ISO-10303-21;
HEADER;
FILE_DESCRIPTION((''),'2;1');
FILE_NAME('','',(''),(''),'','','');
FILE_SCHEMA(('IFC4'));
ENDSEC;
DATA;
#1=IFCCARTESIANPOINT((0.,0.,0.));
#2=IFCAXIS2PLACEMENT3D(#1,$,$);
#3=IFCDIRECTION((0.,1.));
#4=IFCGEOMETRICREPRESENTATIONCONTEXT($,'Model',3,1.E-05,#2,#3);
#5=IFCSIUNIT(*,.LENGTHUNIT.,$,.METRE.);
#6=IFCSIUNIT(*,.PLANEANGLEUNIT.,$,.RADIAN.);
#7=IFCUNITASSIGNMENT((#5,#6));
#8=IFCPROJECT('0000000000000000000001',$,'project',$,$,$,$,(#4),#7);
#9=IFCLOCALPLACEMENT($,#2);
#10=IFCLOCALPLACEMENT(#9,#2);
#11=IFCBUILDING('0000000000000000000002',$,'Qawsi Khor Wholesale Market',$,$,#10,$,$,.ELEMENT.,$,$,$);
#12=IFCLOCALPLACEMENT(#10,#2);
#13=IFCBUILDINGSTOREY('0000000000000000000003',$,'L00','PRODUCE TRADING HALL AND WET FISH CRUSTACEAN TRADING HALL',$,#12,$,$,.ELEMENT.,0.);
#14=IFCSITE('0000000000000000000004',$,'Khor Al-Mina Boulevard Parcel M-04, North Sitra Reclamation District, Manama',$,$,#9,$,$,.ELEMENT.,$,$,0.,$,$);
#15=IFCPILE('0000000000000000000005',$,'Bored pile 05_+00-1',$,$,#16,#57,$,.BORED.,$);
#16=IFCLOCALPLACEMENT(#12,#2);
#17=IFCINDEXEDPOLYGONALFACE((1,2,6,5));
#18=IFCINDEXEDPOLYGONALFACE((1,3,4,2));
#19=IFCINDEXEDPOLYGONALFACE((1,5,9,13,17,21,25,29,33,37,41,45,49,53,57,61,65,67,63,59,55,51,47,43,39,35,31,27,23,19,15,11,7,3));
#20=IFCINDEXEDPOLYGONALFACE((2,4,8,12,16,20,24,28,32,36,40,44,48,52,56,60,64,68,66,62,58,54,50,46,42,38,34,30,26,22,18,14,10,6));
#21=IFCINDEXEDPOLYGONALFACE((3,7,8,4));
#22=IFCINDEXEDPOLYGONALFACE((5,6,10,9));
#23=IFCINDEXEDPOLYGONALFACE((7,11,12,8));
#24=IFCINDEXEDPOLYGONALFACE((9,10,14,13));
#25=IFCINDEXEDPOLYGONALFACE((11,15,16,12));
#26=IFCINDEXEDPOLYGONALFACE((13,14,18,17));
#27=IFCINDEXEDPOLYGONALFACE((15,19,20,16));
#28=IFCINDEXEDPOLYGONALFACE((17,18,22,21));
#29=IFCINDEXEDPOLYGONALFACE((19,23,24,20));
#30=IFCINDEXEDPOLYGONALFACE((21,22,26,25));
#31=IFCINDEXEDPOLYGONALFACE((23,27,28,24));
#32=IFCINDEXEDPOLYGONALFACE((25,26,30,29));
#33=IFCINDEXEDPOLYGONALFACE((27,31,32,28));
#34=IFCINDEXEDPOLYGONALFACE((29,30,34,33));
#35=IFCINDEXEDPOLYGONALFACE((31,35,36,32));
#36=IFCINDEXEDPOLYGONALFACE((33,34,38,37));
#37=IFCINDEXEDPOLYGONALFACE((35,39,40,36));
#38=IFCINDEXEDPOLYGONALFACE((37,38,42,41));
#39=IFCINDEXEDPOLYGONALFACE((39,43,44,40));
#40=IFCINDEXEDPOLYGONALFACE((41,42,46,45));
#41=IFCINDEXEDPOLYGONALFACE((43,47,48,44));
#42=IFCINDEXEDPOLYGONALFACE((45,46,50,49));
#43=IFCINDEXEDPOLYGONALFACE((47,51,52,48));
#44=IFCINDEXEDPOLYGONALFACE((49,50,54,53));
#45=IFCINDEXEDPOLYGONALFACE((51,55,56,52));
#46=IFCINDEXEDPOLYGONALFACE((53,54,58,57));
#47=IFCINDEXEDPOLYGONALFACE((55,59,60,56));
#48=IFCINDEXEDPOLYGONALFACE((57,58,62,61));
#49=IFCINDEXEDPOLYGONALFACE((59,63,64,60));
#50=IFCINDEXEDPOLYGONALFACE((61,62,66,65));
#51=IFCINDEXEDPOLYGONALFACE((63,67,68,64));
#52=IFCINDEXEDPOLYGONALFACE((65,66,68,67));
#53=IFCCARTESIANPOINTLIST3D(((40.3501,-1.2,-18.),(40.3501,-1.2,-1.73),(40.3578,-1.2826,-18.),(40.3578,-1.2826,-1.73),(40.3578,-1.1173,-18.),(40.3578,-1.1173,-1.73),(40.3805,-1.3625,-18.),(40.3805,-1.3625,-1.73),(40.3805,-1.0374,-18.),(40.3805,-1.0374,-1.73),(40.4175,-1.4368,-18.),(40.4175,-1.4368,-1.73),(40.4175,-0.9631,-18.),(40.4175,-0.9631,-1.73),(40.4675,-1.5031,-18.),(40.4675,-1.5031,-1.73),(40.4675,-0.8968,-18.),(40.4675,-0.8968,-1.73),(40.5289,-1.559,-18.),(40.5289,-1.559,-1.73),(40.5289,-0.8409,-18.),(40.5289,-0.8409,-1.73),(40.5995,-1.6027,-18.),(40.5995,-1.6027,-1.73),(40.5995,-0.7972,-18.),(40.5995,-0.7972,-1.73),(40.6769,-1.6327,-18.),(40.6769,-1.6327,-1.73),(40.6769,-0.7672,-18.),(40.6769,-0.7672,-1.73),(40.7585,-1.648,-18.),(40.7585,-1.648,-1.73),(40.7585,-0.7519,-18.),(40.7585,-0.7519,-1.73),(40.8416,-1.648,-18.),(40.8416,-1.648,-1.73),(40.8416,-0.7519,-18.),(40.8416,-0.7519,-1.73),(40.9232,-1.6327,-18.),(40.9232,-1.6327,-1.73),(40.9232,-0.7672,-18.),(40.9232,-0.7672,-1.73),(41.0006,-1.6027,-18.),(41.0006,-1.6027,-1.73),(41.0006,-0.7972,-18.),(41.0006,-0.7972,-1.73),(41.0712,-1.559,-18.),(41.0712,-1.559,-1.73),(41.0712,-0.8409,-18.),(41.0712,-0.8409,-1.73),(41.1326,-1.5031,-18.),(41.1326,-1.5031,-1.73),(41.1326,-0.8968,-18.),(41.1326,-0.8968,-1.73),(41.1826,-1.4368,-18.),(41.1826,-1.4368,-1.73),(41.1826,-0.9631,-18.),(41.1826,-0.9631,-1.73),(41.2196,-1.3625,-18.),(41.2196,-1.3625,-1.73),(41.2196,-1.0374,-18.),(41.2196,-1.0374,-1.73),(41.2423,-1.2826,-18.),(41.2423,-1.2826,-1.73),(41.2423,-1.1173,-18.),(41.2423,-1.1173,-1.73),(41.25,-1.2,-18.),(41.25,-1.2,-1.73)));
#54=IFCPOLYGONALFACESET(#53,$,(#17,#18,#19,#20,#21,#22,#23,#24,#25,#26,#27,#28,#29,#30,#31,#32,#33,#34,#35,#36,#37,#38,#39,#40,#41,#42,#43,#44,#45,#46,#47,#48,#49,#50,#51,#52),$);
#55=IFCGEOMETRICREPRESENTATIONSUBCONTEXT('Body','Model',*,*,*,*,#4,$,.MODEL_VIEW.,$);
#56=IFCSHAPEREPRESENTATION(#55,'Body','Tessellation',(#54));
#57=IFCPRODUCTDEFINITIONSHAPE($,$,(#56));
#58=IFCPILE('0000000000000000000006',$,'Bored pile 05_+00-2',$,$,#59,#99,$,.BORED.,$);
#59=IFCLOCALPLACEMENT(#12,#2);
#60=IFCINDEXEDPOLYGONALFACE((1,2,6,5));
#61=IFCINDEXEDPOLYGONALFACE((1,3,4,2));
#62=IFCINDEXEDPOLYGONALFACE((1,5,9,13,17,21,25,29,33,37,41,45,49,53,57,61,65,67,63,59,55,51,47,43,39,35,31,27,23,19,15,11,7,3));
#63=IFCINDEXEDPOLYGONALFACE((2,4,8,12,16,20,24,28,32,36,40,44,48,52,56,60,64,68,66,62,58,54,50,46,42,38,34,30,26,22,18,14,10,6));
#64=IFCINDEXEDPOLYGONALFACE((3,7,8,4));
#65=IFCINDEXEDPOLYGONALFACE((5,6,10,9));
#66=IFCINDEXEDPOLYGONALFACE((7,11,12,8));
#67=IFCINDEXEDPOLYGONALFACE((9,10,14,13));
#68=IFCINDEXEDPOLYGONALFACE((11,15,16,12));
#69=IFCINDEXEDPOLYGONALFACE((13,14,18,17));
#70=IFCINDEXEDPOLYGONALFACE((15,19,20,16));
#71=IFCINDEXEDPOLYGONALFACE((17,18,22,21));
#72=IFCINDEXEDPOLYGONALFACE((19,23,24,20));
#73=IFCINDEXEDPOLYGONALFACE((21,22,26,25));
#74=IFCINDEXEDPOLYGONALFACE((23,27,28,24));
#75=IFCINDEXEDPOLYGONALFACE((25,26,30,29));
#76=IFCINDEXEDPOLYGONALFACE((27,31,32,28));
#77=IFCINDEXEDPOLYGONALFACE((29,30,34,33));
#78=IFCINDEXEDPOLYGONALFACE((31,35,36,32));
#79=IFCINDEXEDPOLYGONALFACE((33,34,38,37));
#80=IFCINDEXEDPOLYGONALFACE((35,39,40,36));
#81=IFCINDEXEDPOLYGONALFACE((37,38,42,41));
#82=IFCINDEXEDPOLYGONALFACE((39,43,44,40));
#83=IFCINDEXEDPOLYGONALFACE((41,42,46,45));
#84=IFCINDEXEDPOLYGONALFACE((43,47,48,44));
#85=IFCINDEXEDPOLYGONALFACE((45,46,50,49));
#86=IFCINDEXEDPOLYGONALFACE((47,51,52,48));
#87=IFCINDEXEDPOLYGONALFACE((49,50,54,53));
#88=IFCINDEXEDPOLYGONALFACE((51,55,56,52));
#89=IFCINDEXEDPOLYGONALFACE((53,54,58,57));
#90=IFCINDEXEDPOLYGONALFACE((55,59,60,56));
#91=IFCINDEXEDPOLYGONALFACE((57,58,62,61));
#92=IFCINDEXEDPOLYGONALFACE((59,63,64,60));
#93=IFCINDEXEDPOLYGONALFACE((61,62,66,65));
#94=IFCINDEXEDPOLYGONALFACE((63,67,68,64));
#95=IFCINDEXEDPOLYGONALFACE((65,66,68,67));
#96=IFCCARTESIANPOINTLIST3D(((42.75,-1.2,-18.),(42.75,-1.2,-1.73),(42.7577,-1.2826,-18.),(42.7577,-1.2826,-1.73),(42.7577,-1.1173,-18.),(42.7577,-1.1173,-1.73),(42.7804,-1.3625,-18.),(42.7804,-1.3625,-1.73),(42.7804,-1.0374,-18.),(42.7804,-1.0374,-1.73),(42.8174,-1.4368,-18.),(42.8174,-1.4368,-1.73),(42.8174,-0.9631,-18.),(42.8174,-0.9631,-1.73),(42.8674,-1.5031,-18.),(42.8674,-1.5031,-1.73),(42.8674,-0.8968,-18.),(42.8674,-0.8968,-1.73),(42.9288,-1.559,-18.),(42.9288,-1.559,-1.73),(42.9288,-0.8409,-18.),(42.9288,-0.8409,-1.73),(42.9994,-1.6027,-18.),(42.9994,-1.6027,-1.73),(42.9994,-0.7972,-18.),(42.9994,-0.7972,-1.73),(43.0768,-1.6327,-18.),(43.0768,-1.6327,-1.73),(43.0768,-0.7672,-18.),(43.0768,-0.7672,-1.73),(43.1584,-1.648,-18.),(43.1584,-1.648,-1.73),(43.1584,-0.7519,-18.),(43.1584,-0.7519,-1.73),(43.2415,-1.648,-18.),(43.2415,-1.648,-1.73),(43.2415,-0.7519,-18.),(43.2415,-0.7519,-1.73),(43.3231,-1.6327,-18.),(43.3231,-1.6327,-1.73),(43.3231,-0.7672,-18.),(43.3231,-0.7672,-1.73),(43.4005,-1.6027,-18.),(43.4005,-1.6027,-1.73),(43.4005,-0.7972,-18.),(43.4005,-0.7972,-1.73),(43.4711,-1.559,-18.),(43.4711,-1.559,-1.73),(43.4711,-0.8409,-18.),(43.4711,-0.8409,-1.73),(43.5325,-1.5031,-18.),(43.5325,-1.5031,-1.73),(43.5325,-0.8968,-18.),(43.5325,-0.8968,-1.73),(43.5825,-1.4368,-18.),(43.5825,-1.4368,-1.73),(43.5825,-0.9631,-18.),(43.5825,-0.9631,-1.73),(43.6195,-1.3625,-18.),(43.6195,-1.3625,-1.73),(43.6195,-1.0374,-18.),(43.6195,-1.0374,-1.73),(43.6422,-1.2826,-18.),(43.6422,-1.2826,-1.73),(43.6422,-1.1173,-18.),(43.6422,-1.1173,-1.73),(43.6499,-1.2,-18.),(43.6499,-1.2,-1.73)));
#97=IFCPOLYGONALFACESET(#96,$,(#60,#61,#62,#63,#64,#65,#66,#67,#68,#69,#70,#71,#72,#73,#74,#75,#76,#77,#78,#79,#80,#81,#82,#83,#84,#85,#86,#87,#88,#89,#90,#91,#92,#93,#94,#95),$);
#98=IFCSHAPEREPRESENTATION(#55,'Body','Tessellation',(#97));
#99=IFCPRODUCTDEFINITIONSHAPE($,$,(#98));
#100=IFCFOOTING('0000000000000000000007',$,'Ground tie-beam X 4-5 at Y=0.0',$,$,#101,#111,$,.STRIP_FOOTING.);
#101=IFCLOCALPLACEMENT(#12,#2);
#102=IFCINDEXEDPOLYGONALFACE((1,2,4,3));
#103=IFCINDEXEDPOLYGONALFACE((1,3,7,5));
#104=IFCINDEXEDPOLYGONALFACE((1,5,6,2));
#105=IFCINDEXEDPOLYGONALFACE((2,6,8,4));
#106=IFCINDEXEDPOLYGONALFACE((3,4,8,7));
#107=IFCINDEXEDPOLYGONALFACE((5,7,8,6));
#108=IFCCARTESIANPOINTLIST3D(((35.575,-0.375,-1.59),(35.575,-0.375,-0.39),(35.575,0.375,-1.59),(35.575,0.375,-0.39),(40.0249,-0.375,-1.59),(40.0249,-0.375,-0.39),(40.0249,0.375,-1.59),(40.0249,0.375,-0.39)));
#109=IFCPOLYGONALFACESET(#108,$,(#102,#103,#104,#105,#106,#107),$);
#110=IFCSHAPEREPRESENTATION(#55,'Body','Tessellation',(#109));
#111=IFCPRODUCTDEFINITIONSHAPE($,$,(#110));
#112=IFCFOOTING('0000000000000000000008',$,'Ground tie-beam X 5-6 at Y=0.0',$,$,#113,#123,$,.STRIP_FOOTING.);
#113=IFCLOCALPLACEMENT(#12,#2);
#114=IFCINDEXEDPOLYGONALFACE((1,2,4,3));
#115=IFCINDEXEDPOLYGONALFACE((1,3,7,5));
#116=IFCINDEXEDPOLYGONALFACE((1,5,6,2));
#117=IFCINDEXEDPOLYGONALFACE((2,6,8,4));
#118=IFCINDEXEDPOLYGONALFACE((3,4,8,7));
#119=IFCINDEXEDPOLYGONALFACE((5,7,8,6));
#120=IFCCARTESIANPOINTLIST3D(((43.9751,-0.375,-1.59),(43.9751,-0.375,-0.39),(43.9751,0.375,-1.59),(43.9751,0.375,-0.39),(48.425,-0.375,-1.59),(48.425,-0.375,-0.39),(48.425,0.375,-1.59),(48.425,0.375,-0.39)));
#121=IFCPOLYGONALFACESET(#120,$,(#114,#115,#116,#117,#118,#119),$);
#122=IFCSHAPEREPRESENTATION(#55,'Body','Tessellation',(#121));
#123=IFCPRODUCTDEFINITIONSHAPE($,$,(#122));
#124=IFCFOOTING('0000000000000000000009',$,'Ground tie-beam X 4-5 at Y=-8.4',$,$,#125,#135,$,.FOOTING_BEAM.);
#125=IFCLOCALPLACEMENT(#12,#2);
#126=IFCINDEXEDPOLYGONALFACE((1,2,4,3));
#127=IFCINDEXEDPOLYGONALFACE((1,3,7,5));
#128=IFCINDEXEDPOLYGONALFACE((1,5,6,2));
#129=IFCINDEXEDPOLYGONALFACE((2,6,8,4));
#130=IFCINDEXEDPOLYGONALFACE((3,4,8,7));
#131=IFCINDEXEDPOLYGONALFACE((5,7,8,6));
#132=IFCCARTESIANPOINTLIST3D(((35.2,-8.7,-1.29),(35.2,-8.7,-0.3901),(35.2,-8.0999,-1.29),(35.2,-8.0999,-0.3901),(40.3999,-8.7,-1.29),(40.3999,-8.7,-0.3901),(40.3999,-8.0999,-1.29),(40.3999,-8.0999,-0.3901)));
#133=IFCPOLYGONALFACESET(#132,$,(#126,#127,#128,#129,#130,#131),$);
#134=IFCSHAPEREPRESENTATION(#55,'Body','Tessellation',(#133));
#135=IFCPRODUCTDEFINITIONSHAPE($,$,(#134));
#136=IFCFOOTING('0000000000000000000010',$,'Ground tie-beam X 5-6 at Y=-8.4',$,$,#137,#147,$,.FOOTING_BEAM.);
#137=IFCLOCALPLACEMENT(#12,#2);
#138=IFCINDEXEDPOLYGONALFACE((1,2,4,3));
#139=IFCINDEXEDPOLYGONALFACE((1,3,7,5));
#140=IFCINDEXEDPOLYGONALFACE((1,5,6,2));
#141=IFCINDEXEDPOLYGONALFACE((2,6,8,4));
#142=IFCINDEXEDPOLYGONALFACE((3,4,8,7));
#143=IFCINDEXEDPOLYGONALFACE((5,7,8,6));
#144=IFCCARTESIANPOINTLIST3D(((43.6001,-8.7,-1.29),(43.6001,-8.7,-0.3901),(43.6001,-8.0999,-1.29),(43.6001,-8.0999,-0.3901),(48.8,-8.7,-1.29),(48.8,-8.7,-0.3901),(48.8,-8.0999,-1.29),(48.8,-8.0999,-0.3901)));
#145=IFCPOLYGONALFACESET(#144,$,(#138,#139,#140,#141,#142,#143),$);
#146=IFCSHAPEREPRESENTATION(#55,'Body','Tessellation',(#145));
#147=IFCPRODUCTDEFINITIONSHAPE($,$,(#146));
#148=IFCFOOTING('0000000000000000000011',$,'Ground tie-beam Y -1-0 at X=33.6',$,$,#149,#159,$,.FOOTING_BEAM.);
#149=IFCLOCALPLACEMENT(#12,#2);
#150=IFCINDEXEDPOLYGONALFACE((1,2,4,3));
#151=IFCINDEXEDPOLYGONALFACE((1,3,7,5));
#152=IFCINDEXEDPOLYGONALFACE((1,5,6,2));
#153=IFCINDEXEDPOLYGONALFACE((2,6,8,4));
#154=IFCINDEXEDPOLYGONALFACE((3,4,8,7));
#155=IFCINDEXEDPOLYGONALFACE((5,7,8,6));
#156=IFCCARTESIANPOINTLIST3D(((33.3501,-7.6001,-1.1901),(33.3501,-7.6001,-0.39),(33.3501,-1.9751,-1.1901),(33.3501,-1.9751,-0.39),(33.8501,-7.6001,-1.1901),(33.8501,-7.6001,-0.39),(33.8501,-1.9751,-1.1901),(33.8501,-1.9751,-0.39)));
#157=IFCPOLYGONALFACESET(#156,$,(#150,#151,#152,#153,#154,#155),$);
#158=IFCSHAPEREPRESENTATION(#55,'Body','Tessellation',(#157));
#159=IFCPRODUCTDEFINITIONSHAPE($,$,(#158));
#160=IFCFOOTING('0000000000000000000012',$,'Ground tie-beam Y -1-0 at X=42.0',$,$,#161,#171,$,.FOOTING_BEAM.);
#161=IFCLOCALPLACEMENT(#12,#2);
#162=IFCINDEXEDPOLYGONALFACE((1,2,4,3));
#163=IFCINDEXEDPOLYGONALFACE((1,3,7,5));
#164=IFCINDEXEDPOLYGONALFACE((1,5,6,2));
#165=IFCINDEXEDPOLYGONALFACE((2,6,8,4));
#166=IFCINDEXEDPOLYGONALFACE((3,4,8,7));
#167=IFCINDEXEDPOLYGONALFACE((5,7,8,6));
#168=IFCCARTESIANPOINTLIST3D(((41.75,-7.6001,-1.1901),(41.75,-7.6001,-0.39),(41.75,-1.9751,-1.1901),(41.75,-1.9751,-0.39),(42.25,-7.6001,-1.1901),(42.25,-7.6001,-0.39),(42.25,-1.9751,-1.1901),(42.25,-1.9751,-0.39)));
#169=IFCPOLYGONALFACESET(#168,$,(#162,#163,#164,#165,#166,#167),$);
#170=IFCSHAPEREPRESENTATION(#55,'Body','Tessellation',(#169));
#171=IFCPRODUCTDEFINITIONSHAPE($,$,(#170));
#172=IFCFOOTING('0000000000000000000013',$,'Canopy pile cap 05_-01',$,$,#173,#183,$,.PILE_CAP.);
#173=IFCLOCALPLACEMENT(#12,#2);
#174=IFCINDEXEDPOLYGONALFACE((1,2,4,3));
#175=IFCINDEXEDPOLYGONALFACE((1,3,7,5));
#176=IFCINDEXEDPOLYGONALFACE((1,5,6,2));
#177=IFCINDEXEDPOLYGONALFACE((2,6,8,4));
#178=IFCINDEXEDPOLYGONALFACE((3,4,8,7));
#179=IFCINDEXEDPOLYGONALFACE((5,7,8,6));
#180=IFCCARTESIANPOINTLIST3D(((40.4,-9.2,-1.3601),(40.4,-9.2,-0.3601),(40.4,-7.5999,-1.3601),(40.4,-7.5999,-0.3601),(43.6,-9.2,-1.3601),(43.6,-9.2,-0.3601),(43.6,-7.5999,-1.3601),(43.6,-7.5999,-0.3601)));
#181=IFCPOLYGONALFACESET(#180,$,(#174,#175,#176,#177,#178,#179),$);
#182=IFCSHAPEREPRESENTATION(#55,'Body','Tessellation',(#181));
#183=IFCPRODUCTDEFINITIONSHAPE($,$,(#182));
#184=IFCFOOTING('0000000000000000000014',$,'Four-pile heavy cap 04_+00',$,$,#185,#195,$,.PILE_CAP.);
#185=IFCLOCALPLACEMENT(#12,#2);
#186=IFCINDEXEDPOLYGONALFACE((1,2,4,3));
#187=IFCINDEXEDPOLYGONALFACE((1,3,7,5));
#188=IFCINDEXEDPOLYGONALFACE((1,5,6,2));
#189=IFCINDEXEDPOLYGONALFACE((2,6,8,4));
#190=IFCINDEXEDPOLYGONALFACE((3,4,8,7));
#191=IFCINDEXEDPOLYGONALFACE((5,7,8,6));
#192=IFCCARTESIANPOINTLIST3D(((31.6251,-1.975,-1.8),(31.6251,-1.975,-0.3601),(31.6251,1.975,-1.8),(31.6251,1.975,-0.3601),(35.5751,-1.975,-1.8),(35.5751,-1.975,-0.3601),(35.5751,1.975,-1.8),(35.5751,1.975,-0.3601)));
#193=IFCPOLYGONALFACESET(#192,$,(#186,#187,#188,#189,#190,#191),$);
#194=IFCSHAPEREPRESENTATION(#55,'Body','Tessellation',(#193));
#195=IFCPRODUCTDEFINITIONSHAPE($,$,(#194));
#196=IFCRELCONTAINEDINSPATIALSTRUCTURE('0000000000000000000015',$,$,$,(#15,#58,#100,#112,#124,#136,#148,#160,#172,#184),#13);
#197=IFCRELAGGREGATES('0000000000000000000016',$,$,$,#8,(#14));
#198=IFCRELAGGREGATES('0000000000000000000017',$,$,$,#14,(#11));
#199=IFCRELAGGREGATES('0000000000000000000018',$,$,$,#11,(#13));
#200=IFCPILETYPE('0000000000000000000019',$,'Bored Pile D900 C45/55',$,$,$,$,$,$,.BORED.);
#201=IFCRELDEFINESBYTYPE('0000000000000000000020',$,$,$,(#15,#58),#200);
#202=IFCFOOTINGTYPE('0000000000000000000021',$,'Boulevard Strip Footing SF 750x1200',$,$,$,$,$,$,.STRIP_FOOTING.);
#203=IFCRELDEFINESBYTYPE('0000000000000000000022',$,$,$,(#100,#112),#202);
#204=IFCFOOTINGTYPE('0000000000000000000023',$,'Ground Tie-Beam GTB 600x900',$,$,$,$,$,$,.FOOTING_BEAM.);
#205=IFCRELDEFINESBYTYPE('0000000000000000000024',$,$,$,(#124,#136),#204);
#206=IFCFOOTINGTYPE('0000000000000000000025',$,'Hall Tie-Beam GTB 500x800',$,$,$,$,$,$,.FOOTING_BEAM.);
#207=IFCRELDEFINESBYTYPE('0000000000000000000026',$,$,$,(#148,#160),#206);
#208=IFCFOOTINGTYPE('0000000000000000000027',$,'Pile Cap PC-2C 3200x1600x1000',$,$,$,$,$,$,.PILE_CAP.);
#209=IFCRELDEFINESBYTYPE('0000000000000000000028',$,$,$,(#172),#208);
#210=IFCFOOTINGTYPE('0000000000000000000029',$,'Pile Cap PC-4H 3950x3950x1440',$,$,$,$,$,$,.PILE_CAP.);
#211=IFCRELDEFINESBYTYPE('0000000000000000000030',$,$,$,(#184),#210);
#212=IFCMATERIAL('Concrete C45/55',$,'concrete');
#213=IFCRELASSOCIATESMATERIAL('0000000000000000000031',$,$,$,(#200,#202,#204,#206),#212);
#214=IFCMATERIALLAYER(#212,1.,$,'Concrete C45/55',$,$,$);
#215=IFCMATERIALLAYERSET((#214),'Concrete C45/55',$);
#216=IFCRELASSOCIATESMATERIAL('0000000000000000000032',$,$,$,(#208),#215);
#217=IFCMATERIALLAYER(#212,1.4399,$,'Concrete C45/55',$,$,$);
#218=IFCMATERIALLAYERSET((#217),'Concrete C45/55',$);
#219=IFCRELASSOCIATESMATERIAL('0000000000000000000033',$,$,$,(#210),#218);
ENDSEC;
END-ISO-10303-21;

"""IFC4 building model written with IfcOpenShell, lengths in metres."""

from ifc_helpers import new_model, si_unit, direction, frame, origin, origin_2d, place, context, subcontext, project, spatial, rectangle, circle, extrude, material, layer, layer_set, material_profile, profile_set, type_object, element, save


model = new_model("IFC4")

# Units and contexts
model_context = context("Model", 3, precision=1e-05, world=origin(), true_north=direction((0.0, 1.0)))
body_context = subcontext(model_context, "Body", "Model", "MODEL_VIEW")
ifc_project = project(units=[si_unit("LENGTHUNIT", "METRE"), si_unit("PLANEANGLEUNIT", "RADIAN")], contexts=[model_context])

# Site, building, storey
site_placement = place(None, origin())
site = spatial("IfcSite", under=ifc_project, at=site_placement, Name="Khor Al-Mina Boulevard Parcel M-04, North Sitra Reclamation District, Manama", CompositionType="ELEMENT", RefElevation=0.0)
building_placement = place(site_placement, origin())
building = spatial("IfcBuilding", under=site, at=building_placement, Name="Qawsi Khor Wholesale Market", CompositionType="ELEMENT")
storey_placement = place(building_placement, origin())
storey = spatial("IfcBuildingStorey", under=building, at=storey_placement, Name="L00", Description="PRODUCE TRADING HALL AND WET FISH CRUSTACEAN TRADING HALL", CompositionType="ELEMENT", Elevation=0.0)

# Piles
ifc_material_1 = material(Name="Concrete C45/55", Category="concrete")
ifc_material_profile_1 = material_profile(ifc_material_1, circle(Radius=0.45, at=origin_2d()), Name="PILE D900")
ifc_profile_set_1 = profile_set([ifc_material_profile_1], Name="Concrete C45/55")
pile_type_1 = type_object("IfcPileType", Name="Bored Pile D900 C45/55", PredefinedType="BORED", material=ifc_profile_set_1)
for number, where, z_axis, x_axis, name in (
    (1, (40.8, -1.2, -1.73), (0.0, 0.0, -1.0), (1.0, 0.0, 0.0), "Bored pile 05_+00-1"),
    (2, (43.2, -1.2, -1.73), (0.0, 0.0, -1.0), (1.0, 0.0, 0.0), "Bored pile 05_+00-2"),
):
    element("IfcPile", number, at=place(storey_placement, frame(where, z_axis=z_axis, x_axis=x_axis)), inside=storey, type_object=pile_type_1, Name=name, PredefinedType="BORED", context=body_context, shape_type="SweptSolid", body=[
        extrude(circle(Radius=0.45, at=origin_2d()), origin(), (0.0, 0.0, 1.0), 16.27),
    ])

# Footings
ifc_material_profile_2 = material_profile(ifc_material_1, rectangle(XDim=0.75, YDim=1.2, at=origin_2d()), Name="RC 750x1200")
ifc_profile_set_2 = profile_set([ifc_material_profile_2], Name="Concrete C45/55")
footing_type_1 = type_object("IfcFootingType", Name="Boulevard Strip Footing SF 750x1200", PredefinedType="STRIP_FOOTING", material=ifc_profile_set_2)
for number, where, z_axis, x_axis, name in (
    (3, (35.575, 0.0, -0.99), (1.0, 0.0, 0.0), (0.0, 1.0, 0.0), "Ground tie-beam X 4-5 at Y=0.0"),
    (4, (43.9751, 0.0, -0.99), (1.0, 0.0, 0.0), (0.0, 1.0, 0.0), "Ground tie-beam X 5-6 at Y=0.0"),
):
    element("IfcFooting", number, at=place(storey_placement, frame(where, z_axis=z_axis, x_axis=x_axis)), inside=storey, type_object=footing_type_1, Name=name, PredefinedType="STRIP_FOOTING", context=body_context, shape_type="SweptSolid", body=[
        extrude(rectangle(XDim=0.75, YDim=1.2, at=origin_2d()), origin(), (0.0, 0.0, 1.0), 4.45),
    ])
ifc_material_profile_3 = material_profile(ifc_material_1, rectangle(XDim=0.6001, YDim=0.8999, at=origin_2d()), Name="RC 600x900")
ifc_profile_set_3 = profile_set([ifc_material_profile_3], Name="Concrete C45/55")
footing_type_2 = type_object("IfcFootingType", Name="Ground Tie-Beam GTB 600x900", PredefinedType="FOOTING_BEAM", material=ifc_profile_set_3)
for number, where, z_axis, x_axis, name in (
    (5, (35.2, -8.3999, -0.8401), (1.0, 0.0, 0.0), (0.0, 1.0, 0.0), "Ground tie-beam X 4-5 at Y=-8.4"),
    (6, (43.6001, -8.3999, -0.8401), (1.0, 0.0, 0.0), (0.0, 1.0, 0.0), "Ground tie-beam X 5-6 at Y=-8.4"),
):
    element("IfcFooting", number, at=place(storey_placement, frame(where, z_axis=z_axis, x_axis=x_axis)), inside=storey, type_object=footing_type_2, Name=name, PredefinedType="FOOTING_BEAM", context=body_context, shape_type="SweptSolid", body=[
        extrude(rectangle(XDim=0.6001, YDim=0.8999, at=origin_2d()), origin(), (0.0, 0.0, 1.0), 5.2),
    ])
ifc_material_profile_4 = material_profile(ifc_material_1, rectangle(XDim=0.5, YDim=0.8, at=origin_2d()), Name="RC 500x800")
ifc_profile_set_4 = profile_set([ifc_material_profile_4], Name="Concrete C45/55")
footing_type_3 = type_object("IfcFootingType", Name="Hall Tie-Beam GTB 500x800", PredefinedType="FOOTING_BEAM", material=ifc_profile_set_4)
for number, where, z_axis, x_axis, name in (
    (7, (33.6001, -7.6001, -0.79), (0.0, 1.0, 0.0), (-1.0, 0.0, 0.0), "Ground tie-beam Y -1-0 at X=33.6"),
    (8, (42.0, -7.6001, -0.79), (0.0, 1.0, 0.0), (-1.0, 0.0, 0.0), "Ground tie-beam Y -1-0 at X=42.0"),
):
    element("IfcFooting", number, at=place(storey_placement, frame(where, z_axis=z_axis, x_axis=x_axis)), inside=storey, type_object=footing_type_3, Name=name, PredefinedType="FOOTING_BEAM", context=body_context, shape_type="SweptSolid", body=[
        extrude(rectangle(XDim=0.5, YDim=0.8, at=origin_2d()), origin(), (0.0, 0.0, 1.0), 5.625),
    ])
ifc_layer_1 = layer(ifc_material_1, 1.0, Name="Concrete C45/55")
ifc_layer_set_1 = layer_set([ifc_layer_1], Name="Concrete C45/55")
footing_type_4 = type_object("IfcFootingType", Name="Pile Cap PC-2C 3200x1600x1000", PredefinedType="PILE_CAP", material=ifc_layer_set_1)
footing_placement = place(storey_placement, frame((42.0, -8.3999, -1.3601), z_axis=(0.0, 0.0, 1.0), x_axis=(1.0, 0.0, 0.0)))
element("IfcFooting", 9, at=footing_placement, inside=storey, type_object=footing_type_4, Name="Canopy pile cap 05_-01", PredefinedType="PILE_CAP", context=body_context, shape_type="SweptSolid", body=[
    extrude(rectangle(XDim=3.2, YDim=1.6001, at=origin_2d()), origin(), (0.0, 0.0, 1.0), 1.0),
])
ifc_layer_2 = layer(ifc_material_1, 1.4399, Name="Concrete C45/55")
ifc_layer_set_2 = layer_set([ifc_layer_2], Name="Concrete C45/55")
footing_type_5 = type_object("IfcFootingType", Name="Pile Cap PC-4H 3950x3950x1440", PredefinedType="PILE_CAP", material=ifc_layer_set_2)
for number, where, z_axis, x_axis, name in (
    (10, (33.6001, 0.0, -1.8), (0.0, 0.0, 1.0), (1.0, 0.0, 0.0), "Four-pile heavy cap 04_+00"),
):
    element("IfcFooting", number, at=place(storey_placement, frame(where, z_axis=z_axis, x_axis=x_axis)), inside=storey, type_object=footing_type_5, Name=name, PredefinedType="PILE_CAP", context=body_context, shape_type="SweptSolid", body=[
        extrude(rectangle(XDim=3.95, YDim=3.95, at=origin_2d()), origin(), (0.0, 0.0, 1.0), 1.4399),
    ])

save(model, "model.ifc")
